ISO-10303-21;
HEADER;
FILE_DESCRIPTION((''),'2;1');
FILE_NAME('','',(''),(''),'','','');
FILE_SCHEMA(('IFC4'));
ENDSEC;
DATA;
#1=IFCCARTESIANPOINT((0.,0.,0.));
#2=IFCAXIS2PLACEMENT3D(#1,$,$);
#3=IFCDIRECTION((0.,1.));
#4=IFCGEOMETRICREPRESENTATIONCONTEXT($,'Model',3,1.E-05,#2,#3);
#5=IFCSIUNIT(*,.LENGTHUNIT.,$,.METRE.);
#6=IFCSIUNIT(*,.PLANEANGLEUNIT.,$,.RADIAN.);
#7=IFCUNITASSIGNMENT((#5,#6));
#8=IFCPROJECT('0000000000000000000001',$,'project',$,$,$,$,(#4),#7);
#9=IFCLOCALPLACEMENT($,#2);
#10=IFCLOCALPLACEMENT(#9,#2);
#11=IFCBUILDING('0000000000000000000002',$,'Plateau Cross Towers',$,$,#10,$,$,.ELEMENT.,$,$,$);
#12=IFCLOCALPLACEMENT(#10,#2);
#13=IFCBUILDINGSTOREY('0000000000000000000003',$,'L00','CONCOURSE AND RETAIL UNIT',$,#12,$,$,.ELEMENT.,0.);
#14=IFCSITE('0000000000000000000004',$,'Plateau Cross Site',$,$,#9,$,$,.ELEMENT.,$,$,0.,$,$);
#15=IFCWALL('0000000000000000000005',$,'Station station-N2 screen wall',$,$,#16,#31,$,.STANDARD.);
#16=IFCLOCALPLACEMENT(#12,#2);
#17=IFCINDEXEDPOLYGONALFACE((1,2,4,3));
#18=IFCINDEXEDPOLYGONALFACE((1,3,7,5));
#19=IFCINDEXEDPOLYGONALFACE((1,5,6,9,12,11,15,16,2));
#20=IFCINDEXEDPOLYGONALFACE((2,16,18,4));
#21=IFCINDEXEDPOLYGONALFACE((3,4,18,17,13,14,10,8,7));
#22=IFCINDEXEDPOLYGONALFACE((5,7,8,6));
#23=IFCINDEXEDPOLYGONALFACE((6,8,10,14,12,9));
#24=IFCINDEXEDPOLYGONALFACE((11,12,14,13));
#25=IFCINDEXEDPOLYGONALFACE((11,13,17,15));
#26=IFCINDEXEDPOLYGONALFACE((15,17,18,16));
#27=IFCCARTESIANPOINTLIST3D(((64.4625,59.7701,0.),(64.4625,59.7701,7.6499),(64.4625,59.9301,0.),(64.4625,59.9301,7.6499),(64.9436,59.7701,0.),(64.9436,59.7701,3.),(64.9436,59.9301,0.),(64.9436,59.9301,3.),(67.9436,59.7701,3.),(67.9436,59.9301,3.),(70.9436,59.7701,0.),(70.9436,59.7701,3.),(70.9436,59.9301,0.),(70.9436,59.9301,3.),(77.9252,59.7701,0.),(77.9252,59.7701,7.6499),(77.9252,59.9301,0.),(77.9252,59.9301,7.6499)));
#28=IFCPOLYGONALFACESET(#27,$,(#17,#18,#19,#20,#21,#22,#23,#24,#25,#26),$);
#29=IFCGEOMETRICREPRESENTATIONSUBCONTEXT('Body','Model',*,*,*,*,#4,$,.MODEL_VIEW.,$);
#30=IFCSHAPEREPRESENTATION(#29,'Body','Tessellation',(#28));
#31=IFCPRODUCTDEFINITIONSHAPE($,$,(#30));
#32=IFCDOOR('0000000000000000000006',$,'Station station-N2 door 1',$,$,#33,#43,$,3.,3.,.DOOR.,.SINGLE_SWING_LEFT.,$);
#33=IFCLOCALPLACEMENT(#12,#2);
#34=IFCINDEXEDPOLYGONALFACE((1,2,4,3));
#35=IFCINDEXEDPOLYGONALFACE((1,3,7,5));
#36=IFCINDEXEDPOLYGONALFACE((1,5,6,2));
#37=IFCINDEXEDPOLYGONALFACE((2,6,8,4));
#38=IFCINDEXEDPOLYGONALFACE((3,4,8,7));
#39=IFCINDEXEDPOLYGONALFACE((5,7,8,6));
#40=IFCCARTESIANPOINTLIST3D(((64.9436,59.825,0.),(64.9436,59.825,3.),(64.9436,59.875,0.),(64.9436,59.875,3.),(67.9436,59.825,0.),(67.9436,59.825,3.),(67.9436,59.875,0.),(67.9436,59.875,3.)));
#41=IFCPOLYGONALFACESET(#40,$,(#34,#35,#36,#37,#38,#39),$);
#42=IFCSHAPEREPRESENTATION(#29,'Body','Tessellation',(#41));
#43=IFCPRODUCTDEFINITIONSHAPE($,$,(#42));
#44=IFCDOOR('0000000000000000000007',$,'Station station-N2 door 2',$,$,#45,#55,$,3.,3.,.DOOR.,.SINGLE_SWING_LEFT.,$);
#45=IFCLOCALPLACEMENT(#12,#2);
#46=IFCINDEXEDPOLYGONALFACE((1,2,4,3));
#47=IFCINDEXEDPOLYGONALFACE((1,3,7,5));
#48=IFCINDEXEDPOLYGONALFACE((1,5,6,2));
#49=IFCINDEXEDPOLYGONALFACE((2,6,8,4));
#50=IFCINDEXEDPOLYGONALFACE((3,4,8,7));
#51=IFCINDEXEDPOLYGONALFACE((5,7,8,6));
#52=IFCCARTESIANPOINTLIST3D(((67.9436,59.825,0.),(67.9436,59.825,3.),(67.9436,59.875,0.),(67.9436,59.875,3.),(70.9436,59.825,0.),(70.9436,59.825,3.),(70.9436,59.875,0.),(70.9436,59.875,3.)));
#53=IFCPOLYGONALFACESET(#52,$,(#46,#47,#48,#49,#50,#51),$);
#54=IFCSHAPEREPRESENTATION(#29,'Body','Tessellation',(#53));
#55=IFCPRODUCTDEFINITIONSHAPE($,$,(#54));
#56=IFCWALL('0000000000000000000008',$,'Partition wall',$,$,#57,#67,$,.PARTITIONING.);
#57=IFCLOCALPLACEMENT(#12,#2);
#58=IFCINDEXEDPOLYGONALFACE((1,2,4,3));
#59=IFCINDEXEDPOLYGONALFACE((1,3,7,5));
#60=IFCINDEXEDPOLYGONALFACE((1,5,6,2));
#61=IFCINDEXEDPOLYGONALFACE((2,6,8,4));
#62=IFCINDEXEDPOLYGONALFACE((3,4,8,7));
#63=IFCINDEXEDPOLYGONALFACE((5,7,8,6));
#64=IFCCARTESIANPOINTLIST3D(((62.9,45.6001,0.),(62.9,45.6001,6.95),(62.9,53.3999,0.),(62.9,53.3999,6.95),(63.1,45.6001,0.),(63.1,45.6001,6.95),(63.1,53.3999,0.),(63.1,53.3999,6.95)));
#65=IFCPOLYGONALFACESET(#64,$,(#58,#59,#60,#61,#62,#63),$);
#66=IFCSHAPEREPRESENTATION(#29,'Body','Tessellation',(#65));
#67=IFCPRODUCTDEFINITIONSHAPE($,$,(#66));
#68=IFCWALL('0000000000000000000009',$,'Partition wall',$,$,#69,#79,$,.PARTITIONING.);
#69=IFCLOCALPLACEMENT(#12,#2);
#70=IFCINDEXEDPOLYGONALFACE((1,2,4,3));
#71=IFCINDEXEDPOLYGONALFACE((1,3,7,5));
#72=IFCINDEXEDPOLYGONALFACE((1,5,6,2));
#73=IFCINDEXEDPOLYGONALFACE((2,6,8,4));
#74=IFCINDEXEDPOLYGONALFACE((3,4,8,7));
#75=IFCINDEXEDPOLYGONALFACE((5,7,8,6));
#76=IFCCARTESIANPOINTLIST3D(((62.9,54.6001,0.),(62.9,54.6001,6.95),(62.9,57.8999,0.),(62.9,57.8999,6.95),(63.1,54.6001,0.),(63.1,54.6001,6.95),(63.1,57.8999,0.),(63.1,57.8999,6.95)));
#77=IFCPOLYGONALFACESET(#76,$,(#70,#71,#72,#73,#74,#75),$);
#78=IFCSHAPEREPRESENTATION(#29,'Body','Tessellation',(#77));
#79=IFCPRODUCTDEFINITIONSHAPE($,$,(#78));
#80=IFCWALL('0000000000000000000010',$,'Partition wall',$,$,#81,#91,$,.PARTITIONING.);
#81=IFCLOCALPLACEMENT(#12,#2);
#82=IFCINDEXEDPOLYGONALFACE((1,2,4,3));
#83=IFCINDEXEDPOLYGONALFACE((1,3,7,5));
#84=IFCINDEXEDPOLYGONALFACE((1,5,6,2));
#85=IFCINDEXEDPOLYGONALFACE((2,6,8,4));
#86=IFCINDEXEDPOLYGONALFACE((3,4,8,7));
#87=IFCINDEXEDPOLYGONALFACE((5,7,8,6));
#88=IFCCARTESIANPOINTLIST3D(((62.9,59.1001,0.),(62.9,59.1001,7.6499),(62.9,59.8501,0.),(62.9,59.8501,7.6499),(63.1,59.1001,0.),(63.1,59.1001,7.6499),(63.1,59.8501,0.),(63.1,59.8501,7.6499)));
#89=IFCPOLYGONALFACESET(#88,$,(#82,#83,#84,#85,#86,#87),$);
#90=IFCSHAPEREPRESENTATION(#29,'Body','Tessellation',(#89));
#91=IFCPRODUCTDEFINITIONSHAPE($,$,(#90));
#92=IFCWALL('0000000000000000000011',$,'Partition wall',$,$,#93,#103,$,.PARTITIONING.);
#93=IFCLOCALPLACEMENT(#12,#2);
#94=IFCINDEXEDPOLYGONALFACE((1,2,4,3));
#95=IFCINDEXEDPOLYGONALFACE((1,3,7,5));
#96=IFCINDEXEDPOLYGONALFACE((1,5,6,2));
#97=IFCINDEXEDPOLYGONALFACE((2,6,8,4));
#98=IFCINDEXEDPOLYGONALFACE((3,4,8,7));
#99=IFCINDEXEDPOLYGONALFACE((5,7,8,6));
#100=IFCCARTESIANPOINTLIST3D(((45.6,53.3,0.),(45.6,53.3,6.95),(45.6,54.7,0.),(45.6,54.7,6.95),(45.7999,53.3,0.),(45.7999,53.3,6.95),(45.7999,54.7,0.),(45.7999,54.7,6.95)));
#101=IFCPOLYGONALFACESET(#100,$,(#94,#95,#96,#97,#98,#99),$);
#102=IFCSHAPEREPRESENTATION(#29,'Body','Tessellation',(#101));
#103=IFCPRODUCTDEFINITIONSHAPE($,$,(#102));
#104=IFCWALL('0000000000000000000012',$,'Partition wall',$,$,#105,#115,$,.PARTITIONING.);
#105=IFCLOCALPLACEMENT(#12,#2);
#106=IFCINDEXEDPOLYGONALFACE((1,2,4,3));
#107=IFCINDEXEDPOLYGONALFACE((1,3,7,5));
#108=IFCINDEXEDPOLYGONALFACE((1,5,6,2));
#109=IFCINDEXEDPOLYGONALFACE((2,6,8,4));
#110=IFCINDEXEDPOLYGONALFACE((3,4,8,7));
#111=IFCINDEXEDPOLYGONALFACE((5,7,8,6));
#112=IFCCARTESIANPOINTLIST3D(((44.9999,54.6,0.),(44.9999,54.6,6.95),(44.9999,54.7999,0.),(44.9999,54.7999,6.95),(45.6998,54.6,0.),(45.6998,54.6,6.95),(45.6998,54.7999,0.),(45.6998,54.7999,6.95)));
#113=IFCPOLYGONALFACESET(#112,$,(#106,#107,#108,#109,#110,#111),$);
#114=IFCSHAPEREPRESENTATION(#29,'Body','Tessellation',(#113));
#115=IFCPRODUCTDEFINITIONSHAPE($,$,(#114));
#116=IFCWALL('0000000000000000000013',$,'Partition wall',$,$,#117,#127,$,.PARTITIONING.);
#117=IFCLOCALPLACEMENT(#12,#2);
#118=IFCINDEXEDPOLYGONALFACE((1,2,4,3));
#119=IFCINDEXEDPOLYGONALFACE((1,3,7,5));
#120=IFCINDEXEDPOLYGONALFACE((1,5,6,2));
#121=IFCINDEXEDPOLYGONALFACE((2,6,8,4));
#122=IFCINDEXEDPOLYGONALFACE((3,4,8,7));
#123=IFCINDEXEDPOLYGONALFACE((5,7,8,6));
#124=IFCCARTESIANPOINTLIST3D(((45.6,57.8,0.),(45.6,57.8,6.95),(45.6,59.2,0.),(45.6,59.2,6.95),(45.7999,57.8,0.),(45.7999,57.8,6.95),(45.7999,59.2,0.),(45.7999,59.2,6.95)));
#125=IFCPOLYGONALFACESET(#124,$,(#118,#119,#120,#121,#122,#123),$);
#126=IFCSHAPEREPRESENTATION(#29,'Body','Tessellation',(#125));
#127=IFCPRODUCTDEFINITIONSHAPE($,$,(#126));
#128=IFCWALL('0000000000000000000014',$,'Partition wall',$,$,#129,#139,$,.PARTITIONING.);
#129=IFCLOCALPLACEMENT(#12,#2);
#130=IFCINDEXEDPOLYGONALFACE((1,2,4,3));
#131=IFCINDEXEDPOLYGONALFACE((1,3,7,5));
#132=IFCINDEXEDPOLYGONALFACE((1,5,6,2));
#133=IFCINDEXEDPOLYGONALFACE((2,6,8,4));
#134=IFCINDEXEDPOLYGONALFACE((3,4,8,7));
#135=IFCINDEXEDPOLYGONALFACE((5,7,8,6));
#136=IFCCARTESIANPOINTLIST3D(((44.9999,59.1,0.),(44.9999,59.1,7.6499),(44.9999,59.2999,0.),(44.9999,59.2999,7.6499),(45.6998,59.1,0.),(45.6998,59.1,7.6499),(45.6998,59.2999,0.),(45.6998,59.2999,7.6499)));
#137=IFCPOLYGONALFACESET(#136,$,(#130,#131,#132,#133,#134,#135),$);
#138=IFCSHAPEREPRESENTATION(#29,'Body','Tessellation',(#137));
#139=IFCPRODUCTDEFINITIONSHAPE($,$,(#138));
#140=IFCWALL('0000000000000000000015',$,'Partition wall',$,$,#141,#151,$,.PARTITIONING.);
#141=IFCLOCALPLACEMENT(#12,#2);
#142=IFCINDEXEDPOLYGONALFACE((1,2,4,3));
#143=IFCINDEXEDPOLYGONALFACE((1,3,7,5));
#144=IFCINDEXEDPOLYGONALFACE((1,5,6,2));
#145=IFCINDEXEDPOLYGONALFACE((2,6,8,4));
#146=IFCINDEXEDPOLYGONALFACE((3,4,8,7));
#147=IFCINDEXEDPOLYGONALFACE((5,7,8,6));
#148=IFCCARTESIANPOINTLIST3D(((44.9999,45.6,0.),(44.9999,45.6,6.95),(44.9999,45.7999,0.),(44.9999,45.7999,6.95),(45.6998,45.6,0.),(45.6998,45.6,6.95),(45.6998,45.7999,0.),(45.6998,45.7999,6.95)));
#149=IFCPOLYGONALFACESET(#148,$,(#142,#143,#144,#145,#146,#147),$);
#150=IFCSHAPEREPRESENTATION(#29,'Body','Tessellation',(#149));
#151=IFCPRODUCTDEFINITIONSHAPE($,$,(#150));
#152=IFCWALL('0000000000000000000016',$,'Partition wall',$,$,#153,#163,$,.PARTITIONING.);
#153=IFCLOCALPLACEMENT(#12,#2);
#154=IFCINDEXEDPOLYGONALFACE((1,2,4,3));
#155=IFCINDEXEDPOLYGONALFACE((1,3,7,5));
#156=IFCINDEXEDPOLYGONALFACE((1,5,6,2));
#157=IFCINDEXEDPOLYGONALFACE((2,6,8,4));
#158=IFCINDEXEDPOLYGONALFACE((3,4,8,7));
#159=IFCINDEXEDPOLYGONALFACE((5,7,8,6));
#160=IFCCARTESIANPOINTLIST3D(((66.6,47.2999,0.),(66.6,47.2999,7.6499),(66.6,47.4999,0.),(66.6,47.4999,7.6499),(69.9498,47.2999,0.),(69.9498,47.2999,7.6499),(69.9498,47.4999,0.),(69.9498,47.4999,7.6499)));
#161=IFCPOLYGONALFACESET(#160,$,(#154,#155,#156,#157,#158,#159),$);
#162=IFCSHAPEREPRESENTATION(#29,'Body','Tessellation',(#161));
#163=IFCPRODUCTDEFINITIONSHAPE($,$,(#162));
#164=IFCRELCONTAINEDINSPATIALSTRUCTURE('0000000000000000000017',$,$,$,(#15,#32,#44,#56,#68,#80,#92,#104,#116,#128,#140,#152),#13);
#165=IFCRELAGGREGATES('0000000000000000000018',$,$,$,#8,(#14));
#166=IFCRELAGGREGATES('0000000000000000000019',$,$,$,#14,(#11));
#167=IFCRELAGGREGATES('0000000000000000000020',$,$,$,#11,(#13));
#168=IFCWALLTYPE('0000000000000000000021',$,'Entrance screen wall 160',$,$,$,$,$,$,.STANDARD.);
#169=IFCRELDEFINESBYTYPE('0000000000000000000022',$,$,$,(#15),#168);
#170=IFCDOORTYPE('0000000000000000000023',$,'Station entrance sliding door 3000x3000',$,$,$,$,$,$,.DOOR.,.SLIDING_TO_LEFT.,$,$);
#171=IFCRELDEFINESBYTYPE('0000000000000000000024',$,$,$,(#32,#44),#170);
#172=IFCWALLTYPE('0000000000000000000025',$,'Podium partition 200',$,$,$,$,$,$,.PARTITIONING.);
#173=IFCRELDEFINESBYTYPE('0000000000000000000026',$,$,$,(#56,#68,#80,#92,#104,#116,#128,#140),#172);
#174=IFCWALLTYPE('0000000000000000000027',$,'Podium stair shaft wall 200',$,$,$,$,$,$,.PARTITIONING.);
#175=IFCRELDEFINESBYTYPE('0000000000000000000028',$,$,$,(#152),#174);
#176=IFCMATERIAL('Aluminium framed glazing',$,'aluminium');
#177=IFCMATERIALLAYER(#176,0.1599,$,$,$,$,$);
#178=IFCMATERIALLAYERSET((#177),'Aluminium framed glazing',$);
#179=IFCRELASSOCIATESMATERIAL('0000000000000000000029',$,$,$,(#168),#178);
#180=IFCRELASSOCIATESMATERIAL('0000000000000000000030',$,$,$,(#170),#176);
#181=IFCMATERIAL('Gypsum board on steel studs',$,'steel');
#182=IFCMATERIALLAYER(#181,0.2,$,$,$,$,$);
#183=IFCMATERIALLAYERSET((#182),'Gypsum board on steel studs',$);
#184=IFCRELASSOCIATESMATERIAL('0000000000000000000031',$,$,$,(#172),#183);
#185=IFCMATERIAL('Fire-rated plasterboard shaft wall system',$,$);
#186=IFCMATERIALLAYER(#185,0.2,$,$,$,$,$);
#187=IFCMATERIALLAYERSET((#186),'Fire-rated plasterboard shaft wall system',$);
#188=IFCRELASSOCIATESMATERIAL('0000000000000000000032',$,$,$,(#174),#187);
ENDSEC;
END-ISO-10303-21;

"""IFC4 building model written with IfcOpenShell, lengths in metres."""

from ifc_helpers import new_model, si_unit, direction, frame, frame_2d, origin, place, context, subcontext, project, spatial, rectangle, extrude, material, layer, layer_set, type_object, element, fill, save


model = new_model("IFC4")

# Units and contexts
model_context = context("Model", 3, precision=1e-05, world=origin(), true_north=direction((0.0, 1.0)))
body_context = subcontext(model_context, "Body", "Model", "MODEL_VIEW")
ifc_project = project(units=[si_unit("LENGTHUNIT", "METRE"), si_unit("PLANEANGLEUNIT", "RADIAN")], contexts=[model_context])

# Site, building, storey
site_placement = place(None, origin())
site = spatial("IfcSite", under=ifc_project, at=site_placement, Name="Plateau Cross Site", CompositionType="ELEMENT", RefElevation=0.0)
building_placement = place(site_placement, origin())
building = spatial("IfcBuilding", under=site, at=building_placement, Name="Plateau Cross Towers", CompositionType="ELEMENT")
storey_placement = place(building_placement, origin())
storey = spatial("IfcBuildingStorey", under=building, at=storey_placement, Name="L00", Description="CONCOURSE AND RETAIL UNIT", CompositionType="ELEMENT", Elevation=0.0)

# Wall, openings, doors
ifc_material_1 = material(Name="Aluminium framed glazing", Category="aluminium")
ifc_layer_1 = layer(ifc_material_1, 0.1599)
ifc_layer_set_1 = layer_set([ifc_layer_1], Name="Aluminium framed glazing")
wall_type_1 = type_object("IfcWallType", Name="Entrance screen wall 160", PredefinedType="STANDARD", material=ifc_layer_set_1)
wall_1_placement = place(storey_placement, frame((64.4624, 59.8501, 0.0), z_axis=(0.0, 0.0, 1.0), x_axis=(1.0, 0.0, 0.0)))
wall_1 = element("IfcWall", 1, at=wall_1_placement, inside=storey, type_object=wall_type_1, Name="Station station-N2 screen wall", PredefinedType="STANDARD", context=body_context, shape_type="SweptSolid", body=[
    extrude(rectangle(XDim=13.4626, YDim=0.1599, at=frame_2d((6.7314, 0.0))), origin(), (0.0, 0.0, 1.0), 7.6499),
])
opening_1_placement = place(wall_1_placement, frame((0.4812, 0.0, 0.0)))
opening_1 = element("IfcOpeningElement", 2, at=opening_1_placement, cuts=wall_1, PredefinedType="OPENING", context=body_context, shape_type="SweptSolid", body=[
    extrude(rectangle(XDim=3.0, YDim=3.0, at=frame_2d((1.5, 1.5))), frame((0.0, 0.0898, 0.0), z_axis=(0.0, -1.0, 0.0), x_axis=(1.0, 0.0, 0.0)), (0.0, 0.0, 1.0), 0.1799),
])
opening_2_placement = place(wall_1_placement, frame((3.4812, 0.0, 0.0)))
opening_2 = element("IfcOpeningElement", 3, at=opening_2_placement, cuts=wall_1, PredefinedType="OPENING", context=body_context, shape_type="SweptSolid", body=[
    extrude(rectangle(XDim=3.0, YDim=3.0, at=frame_2d((1.5, 1.5))), frame((0.0, 0.0898, 0.0), z_axis=(0.0, -1.0, 0.0), x_axis=(1.0, 0.0, 0.0)), (0.0, 0.0, 1.0), 0.1799),
])
door_type = type_object("IfcDoorType", Name="Station entrance sliding door 3000x3000", OperationType="SLIDING_TO_LEFT", PredefinedType="DOOR", material=ifc_material_1)
door_1_placement = place(opening_1_placement, origin())
door_1 = element("IfcDoor", 4, at=door_1_placement, inside=storey, type_object=door_type, Name="Station station-N2 door 1", OperationType="SINGLE_SWING_LEFT", OverallHeight=3.0, OverallWidth=3.0, PredefinedType="DOOR", context=body_context, shape_type="SweptSolid", body=[
    extrude(rectangle(XDim=3.0, YDim=3.0, at=frame_2d((1.5, 1.5))), frame((0.0, 0.0249, 0.0), z_axis=(0.0, -1.0, 0.0), x_axis=(1.0, 0.0, 0.0)), (0.0, 0.0, 1.0), 0.05),
])
fill(opening_1, door_1)
door_2_placement = place(opening_2_placement, origin())
door_2 = element("IfcDoor", 5, at=door_2_placement, inside=storey, type_object=door_type, Name="Station station-N2 door 2", OperationType="SINGLE_SWING_LEFT", OverallHeight=3.0, OverallWidth=3.0, PredefinedType="DOOR", context=body_context, shape_type="SweptSolid", body=[
    extrude(rectangle(XDim=3.0, YDim=3.0, at=frame_2d((1.5, 1.5))), frame((0.0, 0.0249, 0.0), z_axis=(0.0, -1.0, 0.0), x_axis=(1.0, 0.0, 0.0)), (0.0, 0.0, 1.0), 0.05),
])
fill(opening_2, door_2)

# Walls
ifc_material_2 = material(Name="Gypsum board on steel studs", Category="steel")
ifc_layer_2 = layer(ifc_material_2, 0.2)
ifc_layer_set_2 = layer_set([ifc_layer_2], Name="Gypsum board on steel studs")
wall_type_2 = type_object("IfcWallType", Name="Podium partition 200", PredefinedType="PARTITIONING", material=ifc_layer_set_2)
wall_2_placement = place(storey_placement, frame((63.0, 45.6001, 0.0), z_axis=(0.0, 0.0, 1.0), x_axis=(0.0, 1.0, 0.0)))
element("IfcWall", 6, at=wall_2_placement, inside=storey, type_object=wall_type_2, Name="Partition wall", PredefinedType="PARTITIONING", context=body_context, shape_type="SweptSolid", body=[
    extrude(rectangle(XDim=7.7998, YDim=0.2, at=frame_2d((3.8999, 0.0))), origin(), (0.0, 0.0, 1.0), 6.95),
])
wall_3_placement = place(storey_placement, frame((63.0, 54.6001, 0.0), z_axis=(0.0, 0.0, 1.0), x_axis=(0.0, 1.0, 0.0)))
element("IfcWall", 7, at=wall_3_placement, inside=storey, type_object=wall_type_2, Name="Partition wall", PredefinedType="PARTITIONING", context=body_context, shape_type="SweptSolid", body=[
    extrude(rectangle(XDim=3.2998, YDim=0.2, at=frame_2d((1.6499, 0.0))), origin(), (0.0, 0.0, 1.0), 6.95),
])
wall_4_placement = place(storey_placement, frame((63.0, 59.1001, 0.0), z_axis=(0.0, 0.0, 1.0), x_axis=(0.0, 1.0, 0.0)))
element("IfcWall", 8, at=wall_4_placement, inside=storey, type_object=wall_type_2, Name="Partition wall", PredefinedType="PARTITIONING", context=body_context, shape_type="SweptSolid", body=[
    extrude(rectangle(XDim=0.75, YDim=0.2, at=frame_2d((0.375, 0.0))), origin(), (0.0, 0.0, 1.0), 7.6499),
])
wall_5_placement = place(storey_placement, frame((45.7, 53.3, 0.0), z_axis=(0.0, 0.0, 1.0), x_axis=(0.0, 1.0, 0.0)))
element("IfcWall", 9, at=wall_5_placement, inside=storey, type_object=wall_type_2, Name="Partition wall", PredefinedType="PARTITIONING", context=body_context, shape_type="SweptSolid", body=[
    extrude(rectangle(XDim=1.3999, YDim=0.2, at=frame_2d((0.7, 0.0))), origin(), (0.0, 0.0, 1.0), 6.95),
])
wall_6_placement = place(storey_placement, frame((45.7, 54.7, 0.0), z_axis=(0.0, 0.0, 1.0), x_axis=(-1.0, 0.0, 0.0)))
element("IfcWall", 10, at=wall_6_placement, inside=storey, type_object=wall_type_2, Name="Partition wall", PredefinedType="PARTITIONING", context=body_context, shape_type="SweptSolid", body=[
    extrude(rectangle(XDim=0.7, YDim=0.2, at=frame_2d((0.3501, 0.0))), origin(), (0.0, 0.0, 1.0), 6.95),
])
wall_7_placement = place(storey_placement, frame((45.7, 57.8, 0.0), z_axis=(0.0, 0.0, 1.0), x_axis=(0.0, 1.0, 0.0)))
element("IfcWall", 11, at=wall_7_placement, inside=storey, type_object=wall_type_2, Name="Partition wall", PredefinedType="PARTITIONING", context=body_context, shape_type="SweptSolid", body=[
    extrude(rectangle(XDim=1.3999, YDim=0.2, at=frame_2d((0.7, 0.0))), origin(), (0.0, 0.0, 1.0), 6.95),
])
wall_8_placement = place(storey_placement, frame((45.7, 59.2, 0.0), z_axis=(0.0, 0.0, 1.0), x_axis=(-1.0, 0.0, 0.0)))
element("IfcWall", 12, at=wall_8_placement, inside=storey, type_object=wall_type_2, Name="Partition wall", PredefinedType="PARTITIONING", context=body_context, shape_type="SweptSolid", body=[
    extrude(rectangle(XDim=0.7, YDim=0.2, at=frame_2d((0.3501, 0.0))), origin(), (0.0, 0.0, 1.0), 7.6499),
])
wall_9_placement = place(storey_placement, frame((45.7, 45.7, 0.0), z_axis=(0.0, 0.0, 1.0), x_axis=(-1.0, 0.0, 0.0)))
element("IfcWall", 13, at=wall_9_placement, inside=storey, type_object=wall_type_2, Name="Partition wall", PredefinedType="PARTITIONING", context=body_context, shape_type="SweptSolid", body=[
    extrude(rectangle(XDim=0.7, YDim=0.2, at=frame_2d((0.3501, 0.0))), origin(), (0.0, 0.0, 1.0), 6.95),
])
ifc_material_3 = material(Name="Fire-rated plasterboard shaft wall system")
ifc_layer_3 = layer(ifc_material_3, 0.2)
ifc_layer_set_3 = layer_set([ifc_layer_3], Name="Fire-rated plasterboard shaft wall system")
wall_type_3 = type_object("IfcWallType", Name="Podium stair shaft wall 200", PredefinedType="PARTITIONING", material=ifc_layer_set_3)
wall_10_placement = place(storey_placement, frame((66.6001, 47.3999, 0.0), z_axis=(0.0, 0.0, 1.0), x_axis=(1.0, 0.0, 0.0)))
element("IfcWall", 14, at=wall_10_placement, inside=storey, type_object=wall_type_3, Name="Partition wall", PredefinedType="PARTITIONING", context=body_context, shape_type="SweptSolid", body=[
    extrude(rectangle(XDim=3.3499, YDim=0.2, at=frame_2d((1.6748, 0.0))), origin(), (0.0, 0.0, 1.0), 7.6499),
])

save(model, "model.ifc")
